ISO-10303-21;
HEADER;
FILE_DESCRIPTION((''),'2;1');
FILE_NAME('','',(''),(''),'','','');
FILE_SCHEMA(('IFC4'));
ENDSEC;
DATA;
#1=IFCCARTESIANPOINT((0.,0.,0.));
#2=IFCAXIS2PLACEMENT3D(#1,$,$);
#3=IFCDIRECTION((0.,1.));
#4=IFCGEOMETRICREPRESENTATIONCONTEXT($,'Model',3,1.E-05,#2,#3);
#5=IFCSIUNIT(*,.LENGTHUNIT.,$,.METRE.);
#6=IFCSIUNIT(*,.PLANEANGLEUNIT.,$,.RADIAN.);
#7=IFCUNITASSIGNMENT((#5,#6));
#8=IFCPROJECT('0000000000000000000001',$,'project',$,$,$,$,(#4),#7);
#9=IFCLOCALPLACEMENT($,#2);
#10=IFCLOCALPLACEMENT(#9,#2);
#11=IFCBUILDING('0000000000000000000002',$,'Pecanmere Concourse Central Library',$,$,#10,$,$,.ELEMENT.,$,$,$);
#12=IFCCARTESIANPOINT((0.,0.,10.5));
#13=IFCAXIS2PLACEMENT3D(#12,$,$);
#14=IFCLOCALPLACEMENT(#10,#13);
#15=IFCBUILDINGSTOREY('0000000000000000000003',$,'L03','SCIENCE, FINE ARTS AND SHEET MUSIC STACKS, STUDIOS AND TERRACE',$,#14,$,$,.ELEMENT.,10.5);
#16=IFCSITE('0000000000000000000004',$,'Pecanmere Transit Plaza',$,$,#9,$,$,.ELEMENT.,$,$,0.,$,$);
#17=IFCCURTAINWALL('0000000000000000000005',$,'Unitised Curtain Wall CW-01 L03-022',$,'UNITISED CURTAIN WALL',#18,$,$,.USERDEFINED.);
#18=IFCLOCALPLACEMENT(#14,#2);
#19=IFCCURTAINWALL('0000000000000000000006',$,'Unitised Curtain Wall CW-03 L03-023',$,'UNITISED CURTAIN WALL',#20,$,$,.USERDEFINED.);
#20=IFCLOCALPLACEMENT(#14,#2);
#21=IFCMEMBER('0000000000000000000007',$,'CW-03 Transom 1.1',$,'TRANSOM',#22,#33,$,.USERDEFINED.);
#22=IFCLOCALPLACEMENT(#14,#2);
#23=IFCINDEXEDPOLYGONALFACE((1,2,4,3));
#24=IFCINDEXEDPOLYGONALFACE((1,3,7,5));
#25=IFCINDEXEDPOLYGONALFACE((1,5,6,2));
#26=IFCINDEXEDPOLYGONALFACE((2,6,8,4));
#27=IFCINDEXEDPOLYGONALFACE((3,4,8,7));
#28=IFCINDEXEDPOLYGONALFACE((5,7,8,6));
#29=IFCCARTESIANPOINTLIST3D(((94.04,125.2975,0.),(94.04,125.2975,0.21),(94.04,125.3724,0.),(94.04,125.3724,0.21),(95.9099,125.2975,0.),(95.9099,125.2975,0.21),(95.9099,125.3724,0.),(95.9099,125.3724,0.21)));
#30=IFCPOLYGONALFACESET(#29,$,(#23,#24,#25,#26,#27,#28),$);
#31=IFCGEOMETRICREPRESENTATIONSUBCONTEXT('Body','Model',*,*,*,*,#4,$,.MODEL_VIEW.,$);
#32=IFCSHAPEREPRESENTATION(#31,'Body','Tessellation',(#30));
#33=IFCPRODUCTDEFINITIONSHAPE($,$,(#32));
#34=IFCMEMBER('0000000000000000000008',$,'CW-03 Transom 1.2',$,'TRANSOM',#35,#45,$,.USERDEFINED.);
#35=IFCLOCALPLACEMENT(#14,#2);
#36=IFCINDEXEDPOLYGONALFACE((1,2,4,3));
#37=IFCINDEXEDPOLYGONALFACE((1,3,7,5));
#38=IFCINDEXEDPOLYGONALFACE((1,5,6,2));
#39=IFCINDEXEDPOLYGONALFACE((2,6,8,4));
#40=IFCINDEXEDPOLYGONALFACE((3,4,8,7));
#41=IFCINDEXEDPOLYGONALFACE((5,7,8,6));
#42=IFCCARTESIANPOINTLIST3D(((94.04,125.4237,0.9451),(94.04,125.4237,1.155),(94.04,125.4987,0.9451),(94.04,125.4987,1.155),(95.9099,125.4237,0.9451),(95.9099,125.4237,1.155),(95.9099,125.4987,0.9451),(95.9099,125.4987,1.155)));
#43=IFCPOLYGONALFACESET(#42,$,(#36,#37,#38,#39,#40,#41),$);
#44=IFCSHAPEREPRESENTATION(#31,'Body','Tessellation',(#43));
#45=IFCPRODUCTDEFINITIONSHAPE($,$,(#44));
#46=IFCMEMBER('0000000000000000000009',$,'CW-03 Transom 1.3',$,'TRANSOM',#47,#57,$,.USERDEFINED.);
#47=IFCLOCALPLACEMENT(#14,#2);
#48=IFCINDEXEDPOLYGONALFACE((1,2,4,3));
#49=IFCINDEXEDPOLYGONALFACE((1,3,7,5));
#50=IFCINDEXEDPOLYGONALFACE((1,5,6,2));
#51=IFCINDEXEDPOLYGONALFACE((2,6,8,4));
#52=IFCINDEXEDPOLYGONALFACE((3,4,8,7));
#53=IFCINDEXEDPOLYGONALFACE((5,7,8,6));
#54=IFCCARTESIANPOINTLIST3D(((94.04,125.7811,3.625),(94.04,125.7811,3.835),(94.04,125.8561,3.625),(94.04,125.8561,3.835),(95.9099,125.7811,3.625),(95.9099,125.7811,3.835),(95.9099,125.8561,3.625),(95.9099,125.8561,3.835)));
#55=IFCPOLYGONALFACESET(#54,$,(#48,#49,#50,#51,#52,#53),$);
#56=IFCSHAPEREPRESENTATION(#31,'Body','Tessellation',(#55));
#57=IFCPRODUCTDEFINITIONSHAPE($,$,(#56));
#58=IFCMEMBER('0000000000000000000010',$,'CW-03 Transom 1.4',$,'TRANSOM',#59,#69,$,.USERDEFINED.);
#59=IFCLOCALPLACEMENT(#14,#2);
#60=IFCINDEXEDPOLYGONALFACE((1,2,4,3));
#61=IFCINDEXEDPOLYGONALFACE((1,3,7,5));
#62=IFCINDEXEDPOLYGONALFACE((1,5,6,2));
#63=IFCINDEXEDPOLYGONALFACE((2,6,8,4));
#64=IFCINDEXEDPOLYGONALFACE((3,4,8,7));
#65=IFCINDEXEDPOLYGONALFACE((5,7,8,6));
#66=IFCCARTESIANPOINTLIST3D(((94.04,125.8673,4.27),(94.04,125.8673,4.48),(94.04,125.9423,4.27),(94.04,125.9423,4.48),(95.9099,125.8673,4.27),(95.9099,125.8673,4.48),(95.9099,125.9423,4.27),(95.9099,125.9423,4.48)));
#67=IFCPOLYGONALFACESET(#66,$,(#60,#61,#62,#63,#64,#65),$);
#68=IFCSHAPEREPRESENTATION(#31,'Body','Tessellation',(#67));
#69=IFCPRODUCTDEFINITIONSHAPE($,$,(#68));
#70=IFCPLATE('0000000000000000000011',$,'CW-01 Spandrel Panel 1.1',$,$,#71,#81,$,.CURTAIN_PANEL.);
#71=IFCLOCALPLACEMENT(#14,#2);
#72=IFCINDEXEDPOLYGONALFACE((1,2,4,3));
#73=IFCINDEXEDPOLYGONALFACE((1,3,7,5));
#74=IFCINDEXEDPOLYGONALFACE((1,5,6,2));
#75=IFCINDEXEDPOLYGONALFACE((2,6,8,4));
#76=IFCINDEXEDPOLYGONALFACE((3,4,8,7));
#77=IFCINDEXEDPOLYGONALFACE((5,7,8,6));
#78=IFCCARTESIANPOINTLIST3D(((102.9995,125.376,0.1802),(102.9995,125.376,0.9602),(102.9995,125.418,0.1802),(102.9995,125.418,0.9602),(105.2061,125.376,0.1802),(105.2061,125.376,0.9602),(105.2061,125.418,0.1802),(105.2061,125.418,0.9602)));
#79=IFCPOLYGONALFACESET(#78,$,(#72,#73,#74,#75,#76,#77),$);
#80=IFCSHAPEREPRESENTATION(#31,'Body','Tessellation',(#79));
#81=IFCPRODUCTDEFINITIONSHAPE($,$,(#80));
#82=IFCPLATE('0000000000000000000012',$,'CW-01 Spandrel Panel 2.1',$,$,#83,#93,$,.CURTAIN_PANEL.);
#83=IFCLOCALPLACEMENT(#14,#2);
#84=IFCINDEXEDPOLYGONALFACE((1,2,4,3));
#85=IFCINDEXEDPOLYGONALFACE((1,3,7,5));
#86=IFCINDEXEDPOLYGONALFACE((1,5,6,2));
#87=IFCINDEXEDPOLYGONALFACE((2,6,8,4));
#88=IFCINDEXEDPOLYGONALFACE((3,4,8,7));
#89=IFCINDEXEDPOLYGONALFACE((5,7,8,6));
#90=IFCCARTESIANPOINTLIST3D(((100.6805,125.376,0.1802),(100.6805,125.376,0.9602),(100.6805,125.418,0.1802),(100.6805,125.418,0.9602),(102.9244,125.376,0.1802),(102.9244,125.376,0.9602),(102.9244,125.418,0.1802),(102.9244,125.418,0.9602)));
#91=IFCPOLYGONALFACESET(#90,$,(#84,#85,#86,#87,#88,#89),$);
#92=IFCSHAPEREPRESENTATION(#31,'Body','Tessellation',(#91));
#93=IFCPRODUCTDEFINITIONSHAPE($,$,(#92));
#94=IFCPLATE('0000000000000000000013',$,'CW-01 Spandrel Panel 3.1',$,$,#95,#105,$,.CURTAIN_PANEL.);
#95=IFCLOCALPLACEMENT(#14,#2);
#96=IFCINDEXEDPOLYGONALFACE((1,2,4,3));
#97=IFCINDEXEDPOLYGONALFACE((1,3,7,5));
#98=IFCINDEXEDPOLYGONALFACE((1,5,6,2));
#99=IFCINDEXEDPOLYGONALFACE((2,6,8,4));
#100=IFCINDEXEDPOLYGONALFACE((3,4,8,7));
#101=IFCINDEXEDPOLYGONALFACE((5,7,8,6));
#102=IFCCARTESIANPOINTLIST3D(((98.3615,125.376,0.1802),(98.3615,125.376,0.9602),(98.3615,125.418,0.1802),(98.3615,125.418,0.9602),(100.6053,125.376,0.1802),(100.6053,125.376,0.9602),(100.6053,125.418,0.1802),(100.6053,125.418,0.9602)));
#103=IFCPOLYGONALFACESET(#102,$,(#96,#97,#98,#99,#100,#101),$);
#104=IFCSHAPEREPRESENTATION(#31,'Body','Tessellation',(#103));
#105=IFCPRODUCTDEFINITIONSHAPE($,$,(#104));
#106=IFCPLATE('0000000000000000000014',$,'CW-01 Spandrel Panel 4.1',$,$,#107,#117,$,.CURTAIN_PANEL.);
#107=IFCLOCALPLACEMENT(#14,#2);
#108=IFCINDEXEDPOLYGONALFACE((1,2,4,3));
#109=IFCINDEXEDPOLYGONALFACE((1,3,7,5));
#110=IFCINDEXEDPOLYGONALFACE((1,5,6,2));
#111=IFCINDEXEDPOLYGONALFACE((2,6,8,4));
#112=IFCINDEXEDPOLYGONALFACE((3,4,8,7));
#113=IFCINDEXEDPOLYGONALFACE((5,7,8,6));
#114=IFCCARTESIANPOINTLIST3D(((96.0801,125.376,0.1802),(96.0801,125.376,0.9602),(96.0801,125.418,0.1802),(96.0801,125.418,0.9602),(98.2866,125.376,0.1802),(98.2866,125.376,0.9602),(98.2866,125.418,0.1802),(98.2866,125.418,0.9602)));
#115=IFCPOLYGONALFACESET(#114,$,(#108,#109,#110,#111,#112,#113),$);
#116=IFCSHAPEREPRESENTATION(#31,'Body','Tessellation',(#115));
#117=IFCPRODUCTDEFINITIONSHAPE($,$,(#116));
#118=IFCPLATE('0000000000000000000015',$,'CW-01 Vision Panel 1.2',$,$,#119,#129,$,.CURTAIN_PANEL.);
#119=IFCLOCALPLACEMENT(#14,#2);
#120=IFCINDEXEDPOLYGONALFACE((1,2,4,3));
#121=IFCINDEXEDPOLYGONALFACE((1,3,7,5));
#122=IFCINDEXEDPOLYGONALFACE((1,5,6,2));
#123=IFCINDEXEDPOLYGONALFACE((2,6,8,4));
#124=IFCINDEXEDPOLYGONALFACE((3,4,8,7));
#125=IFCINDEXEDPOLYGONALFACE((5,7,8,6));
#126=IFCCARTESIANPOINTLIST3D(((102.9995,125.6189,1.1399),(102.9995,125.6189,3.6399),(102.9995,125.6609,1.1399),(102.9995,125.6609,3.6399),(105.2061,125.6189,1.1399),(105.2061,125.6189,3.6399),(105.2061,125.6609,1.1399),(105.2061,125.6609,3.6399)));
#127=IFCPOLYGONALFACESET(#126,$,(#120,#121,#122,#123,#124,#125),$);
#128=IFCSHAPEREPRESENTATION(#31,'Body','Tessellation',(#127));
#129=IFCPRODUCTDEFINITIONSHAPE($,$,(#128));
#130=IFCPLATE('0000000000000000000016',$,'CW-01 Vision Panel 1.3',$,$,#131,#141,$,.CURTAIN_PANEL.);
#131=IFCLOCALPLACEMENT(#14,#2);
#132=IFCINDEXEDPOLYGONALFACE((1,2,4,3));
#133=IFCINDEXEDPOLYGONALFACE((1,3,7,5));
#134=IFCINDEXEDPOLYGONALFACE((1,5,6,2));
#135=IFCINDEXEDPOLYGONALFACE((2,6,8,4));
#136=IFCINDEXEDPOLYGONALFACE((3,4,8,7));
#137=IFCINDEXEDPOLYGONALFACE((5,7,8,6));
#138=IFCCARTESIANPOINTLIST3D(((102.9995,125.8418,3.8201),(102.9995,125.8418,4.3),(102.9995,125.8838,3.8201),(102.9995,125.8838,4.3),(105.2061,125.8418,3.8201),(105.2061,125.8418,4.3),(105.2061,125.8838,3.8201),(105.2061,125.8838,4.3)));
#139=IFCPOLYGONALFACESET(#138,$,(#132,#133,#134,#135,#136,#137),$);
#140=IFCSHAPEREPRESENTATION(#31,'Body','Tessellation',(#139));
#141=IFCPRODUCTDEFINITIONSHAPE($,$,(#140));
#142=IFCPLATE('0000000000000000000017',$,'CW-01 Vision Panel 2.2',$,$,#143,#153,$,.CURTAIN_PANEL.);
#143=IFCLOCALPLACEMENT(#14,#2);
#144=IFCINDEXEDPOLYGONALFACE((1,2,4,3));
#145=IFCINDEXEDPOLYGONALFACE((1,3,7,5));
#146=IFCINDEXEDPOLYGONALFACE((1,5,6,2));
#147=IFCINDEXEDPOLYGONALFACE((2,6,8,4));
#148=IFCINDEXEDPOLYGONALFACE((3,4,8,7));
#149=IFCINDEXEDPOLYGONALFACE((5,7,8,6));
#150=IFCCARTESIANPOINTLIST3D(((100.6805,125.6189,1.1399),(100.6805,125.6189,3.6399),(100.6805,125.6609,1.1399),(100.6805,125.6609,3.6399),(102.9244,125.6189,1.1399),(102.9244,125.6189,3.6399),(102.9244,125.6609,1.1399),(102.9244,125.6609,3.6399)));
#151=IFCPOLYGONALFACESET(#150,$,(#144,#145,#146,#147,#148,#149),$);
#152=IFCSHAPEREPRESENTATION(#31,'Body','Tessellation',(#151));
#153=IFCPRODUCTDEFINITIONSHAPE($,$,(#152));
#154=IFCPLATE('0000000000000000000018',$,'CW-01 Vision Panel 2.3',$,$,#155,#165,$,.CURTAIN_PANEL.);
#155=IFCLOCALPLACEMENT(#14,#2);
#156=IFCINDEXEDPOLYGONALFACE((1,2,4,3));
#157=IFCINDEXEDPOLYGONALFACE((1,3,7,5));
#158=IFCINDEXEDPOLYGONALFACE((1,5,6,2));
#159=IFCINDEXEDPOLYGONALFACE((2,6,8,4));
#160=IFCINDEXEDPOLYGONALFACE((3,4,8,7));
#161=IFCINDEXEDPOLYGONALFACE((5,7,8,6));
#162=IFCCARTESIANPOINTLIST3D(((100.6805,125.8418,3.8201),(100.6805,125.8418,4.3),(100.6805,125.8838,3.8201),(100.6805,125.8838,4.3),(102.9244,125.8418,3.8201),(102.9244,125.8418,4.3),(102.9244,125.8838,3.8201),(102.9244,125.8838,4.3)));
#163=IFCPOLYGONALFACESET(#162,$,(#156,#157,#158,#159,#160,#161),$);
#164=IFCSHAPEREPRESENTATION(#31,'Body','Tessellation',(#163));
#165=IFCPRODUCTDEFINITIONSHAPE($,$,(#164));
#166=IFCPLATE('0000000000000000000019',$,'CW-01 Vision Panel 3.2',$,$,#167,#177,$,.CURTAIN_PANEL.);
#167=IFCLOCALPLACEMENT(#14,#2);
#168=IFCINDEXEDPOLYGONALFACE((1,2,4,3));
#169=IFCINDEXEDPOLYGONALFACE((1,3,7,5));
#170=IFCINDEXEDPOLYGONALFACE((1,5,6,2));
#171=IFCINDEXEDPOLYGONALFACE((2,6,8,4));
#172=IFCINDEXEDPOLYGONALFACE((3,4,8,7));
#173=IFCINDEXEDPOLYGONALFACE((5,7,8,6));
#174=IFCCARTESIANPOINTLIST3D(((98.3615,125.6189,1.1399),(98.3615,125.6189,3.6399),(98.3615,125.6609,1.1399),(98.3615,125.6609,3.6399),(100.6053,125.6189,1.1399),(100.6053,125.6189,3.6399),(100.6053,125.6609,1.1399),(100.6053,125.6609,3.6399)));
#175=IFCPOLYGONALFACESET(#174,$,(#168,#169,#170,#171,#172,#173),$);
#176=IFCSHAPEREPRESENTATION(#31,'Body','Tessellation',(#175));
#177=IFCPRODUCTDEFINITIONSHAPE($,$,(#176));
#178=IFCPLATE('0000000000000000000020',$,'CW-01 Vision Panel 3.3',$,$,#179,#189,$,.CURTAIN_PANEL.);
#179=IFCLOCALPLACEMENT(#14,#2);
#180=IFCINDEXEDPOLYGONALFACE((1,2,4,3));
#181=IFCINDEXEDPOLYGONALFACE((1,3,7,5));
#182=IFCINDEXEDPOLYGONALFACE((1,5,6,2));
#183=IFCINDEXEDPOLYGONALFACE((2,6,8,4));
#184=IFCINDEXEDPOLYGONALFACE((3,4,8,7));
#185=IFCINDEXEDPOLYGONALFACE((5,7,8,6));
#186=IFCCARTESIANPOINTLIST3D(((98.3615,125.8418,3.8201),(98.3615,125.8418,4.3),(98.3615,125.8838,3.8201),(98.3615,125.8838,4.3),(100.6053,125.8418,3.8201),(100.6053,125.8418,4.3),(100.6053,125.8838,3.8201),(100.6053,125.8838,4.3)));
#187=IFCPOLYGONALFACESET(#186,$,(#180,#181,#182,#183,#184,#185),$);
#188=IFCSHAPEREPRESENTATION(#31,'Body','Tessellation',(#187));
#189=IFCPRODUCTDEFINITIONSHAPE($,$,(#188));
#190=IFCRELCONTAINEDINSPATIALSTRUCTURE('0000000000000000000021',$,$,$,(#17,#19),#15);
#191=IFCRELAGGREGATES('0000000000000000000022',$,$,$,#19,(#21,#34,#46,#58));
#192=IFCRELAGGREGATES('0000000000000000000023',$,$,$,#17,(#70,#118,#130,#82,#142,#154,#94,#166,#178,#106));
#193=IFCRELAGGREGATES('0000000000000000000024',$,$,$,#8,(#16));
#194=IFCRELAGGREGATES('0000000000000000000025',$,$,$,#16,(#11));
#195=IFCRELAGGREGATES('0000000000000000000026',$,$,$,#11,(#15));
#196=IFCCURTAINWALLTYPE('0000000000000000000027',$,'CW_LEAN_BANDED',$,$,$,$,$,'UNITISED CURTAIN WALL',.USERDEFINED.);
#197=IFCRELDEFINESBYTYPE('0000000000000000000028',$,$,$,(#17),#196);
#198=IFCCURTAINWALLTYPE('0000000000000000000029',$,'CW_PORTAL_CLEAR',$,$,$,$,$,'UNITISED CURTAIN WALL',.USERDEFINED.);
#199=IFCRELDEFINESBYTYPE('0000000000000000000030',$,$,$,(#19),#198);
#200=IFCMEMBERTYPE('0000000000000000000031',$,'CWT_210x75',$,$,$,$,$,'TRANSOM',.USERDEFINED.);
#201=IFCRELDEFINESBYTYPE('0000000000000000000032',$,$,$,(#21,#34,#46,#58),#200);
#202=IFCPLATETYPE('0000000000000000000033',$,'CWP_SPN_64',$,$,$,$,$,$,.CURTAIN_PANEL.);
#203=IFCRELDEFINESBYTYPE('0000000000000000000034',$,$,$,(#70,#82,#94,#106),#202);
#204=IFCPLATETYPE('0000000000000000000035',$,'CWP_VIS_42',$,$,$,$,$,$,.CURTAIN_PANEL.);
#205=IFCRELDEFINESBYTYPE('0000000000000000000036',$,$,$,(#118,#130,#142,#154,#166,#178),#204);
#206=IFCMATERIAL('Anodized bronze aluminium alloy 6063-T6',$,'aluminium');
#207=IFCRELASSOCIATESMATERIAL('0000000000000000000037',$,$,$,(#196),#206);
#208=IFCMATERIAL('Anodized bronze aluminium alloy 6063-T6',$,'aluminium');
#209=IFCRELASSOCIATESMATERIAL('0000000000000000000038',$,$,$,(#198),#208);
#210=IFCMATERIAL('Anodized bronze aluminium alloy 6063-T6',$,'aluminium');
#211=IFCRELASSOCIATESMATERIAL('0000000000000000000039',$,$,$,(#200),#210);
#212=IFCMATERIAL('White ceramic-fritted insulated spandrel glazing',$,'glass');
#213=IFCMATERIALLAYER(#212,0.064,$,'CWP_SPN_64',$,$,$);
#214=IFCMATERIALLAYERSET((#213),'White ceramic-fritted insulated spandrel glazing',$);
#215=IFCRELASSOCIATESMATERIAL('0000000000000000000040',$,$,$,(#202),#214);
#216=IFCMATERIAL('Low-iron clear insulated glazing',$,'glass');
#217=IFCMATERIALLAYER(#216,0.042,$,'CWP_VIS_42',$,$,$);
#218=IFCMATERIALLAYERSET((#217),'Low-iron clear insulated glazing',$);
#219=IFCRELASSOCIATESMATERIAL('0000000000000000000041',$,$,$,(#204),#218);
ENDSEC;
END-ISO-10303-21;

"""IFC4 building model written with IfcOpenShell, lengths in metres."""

from ifc_helpers import new_model, si_unit, direction, frame, origin, origin_2d, place, context, subcontext, project, spatial, rectangle, extrude, material, layer, layer_set, material_profile, profile_set, type_object, element, aggregate, save


model = new_model("IFC4")

# Units and contexts
model_context = context("Model", 3, precision=1e-05, world=origin(), true_north=direction((0.0, 1.0)))
body_context = subcontext(model_context, "Body", "Model", "MODEL_VIEW")
ifc_project = project(units=[si_unit("LENGTHUNIT", "METRE"), si_unit("PLANEANGLEUNIT", "RADIAN")], contexts=[model_context])

# Site, building, storey
site_placement = place(None, origin())
site = spatial("IfcSite", under=ifc_project, at=site_placement, Name="Pecanmere Transit Plaza", CompositionType="ELEMENT", RefElevation=0.0)
building_placement = place(site_placement, origin())
building = spatial("IfcBuilding", under=site, at=building_placement, Name="Pecanmere Concourse Central Library", CompositionType="ELEMENT")
storey_placement = place(building_placement, frame((0.0, 0.0, 10.5)))
storey = spatial("IfcBuildingStorey", under=building, at=storey_placement, Name="L03", Description="SCIENCE, FINE ARTS AND SHEET MUSIC STACKS, STUDIOS AND TERRACE", CompositionType="ELEMENT", Elevation=10.5)

# Curtain walls, members
ifc_material_1 = material(Name="Anodized bronze aluminium alloy 6063-T6", Category="aluminium")
curtain_wall_type_1 = type_object("IfcCurtainWallType", Name="CW_LEAN_BANDED", ElementType="UNITISED CURTAIN WALL", PredefinedType="USERDEFINED", material=ifc_material_1)
curtain_wall_1_placement = place(storey_placement, origin())
curtain_wall_1 = element("IfcCurtainWall", 1, at=curtain_wall_1_placement, inside=storey, type_object=curtain_wall_type_1, Name="Unitised Curtain Wall CW-01 L03-022", ObjectType="UNITISED CURTAIN WALL", PredefinedType="USERDEFINED")
ifc_material_2 = material(Name="Anodized bronze aluminium alloy 6063-T6", Category="aluminium")
curtain_wall_type_2 = type_object("IfcCurtainWallType", Name="CW_PORTAL_CLEAR", ElementType="UNITISED CURTAIN WALL", PredefinedType="USERDEFINED", material=ifc_material_2)
curtain_wall_2_placement = place(storey_placement, origin())
curtain_wall_2 = element("IfcCurtainWall", 2, at=curtain_wall_2_placement, inside=storey, type_object=curtain_wall_type_2, Name="Unitised Curtain Wall CW-03 L03-023", ObjectType="UNITISED CURTAIN WALL", PredefinedType="USERDEFINED")
ifc_material_3 = material(Name="Anodized bronze aluminium alloy 6063-T6", Category="aluminium")
ifc_material_profile_1 = material_profile(ifc_material_3, rectangle(XDim=0.075, YDim=0.21, at=origin_2d()), Name="AL 75x210")
ifc_profile_set_1 = profile_set([ifc_material_profile_1], Name="Anodized bronze aluminium alloy 6063-T6")
member_type_1 = type_object("IfcMemberType", Name="CWT_210x75", ElementType="TRANSOM", PredefinedType="USERDEFINED", material=ifc_profile_set_1)
member_1_placement = place(storey_placement, frame((95.9099, 125.335, 0.105), z_axis=(-1.0, 0.0, 0.0), x_axis=(0.0, -1.0, 0.0)))
member_1 = element("IfcMember", 3, at=member_1_placement, type_object=member_type_1, Name="CW-03 Transom 1.1", ObjectType="TRANSOM", PredefinedType="USERDEFINED", context=body_context, shape_type="SweptSolid", body=[
    extrude(rectangle(XDim=0.075, YDim=0.21, at=origin_2d()), origin(), (0.0, 0.0, 1.0), 1.8699),
])
member_2_placement = place(storey_placement, frame((95.9099, 125.4612, 1.05), z_axis=(-1.0, 0.0, 0.0), x_axis=(0.0, -1.0, 0.0)))
member_2 = element("IfcMember", 4, at=member_2_placement, type_object=member_type_1, Name="CW-03 Transom 1.2", ObjectType="TRANSOM", PredefinedType="USERDEFINED", context=body_context, shape_type="SweptSolid", body=[
    extrude(rectangle(XDim=0.075, YDim=0.21, at=origin_2d()), origin(), (0.0, 0.0, 1.0), 1.8699),
])
member_3_placement = place(storey_placement, frame((95.9099, 125.8186, 3.73), z_axis=(-1.0, 0.0, 0.0), x_axis=(0.0, -1.0, 0.0)))
member_3 = element("IfcMember", 5, at=member_3_placement, type_object=member_type_1, Name="CW-03 Transom 1.3", ObjectType="TRANSOM", PredefinedType="USERDEFINED", context=body_context, shape_type="SweptSolid", body=[
    extrude(rectangle(XDim=0.075, YDim=0.21, at=origin_2d()), origin(), (0.0, 0.0, 1.0), 1.8699),
])
member_4_placement = place(storey_placement, frame((95.9099, 125.9048, 4.375), z_axis=(-1.0, 0.0, 0.0), x_axis=(0.0, -1.0, 0.0)))
member_4 = element("IfcMember", 6, at=member_4_placement, type_object=member_type_1, Name="CW-03 Transom 1.4", ObjectType="TRANSOM", PredefinedType="USERDEFINED", context=body_context, shape_type="SweptSolid", body=[
    extrude(rectangle(XDim=0.075, YDim=0.21, at=origin_2d()), origin(), (0.0, 0.0, 1.0), 1.8699),
])
aggregate(curtain_wall_2, [member_1, member_2, member_3, member_4])

# Plates
ifc_material_4 = material(Name="White ceramic-fritted insulated spandrel glazing", Category="glass")
ifc_layer_1 = layer(ifc_material_4, 0.064, Name="CWP_SPN_64")
ifc_layer_set_1 = layer_set([ifc_layer_1], Name="White ceramic-fritted insulated spandrel glazing")
plate_type_1 = type_object("IfcPlateType", Name="CWP_SPN_64", PredefinedType="CURTAIN_PANEL", material=ifc_layer_set_1)
plate_1_placement = place(storey_placement, frame((104.1028, 125.397, 0.1802), z_axis=(0.0, 0.0, 1.0), x_axis=(-1.0, 0.0, 0.0)))
plate_1 = element("IfcPlate", 7, at=plate_1_placement, type_object=plate_type_1, Name="CW-01 Spandrel Panel 1.1", PredefinedType="CURTAIN_PANEL", context=body_context, shape_type="SweptSolid", body=[
    extrude(rectangle(XDim=2.2065, YDim=0.042, at=origin_2d()), origin(), (0.0, 0.0, 1.0), 0.78),
])
plate_2_placement = place(storey_placement, frame((101.8025, 125.397, 0.1802), z_axis=(0.0, 0.0, 1.0), x_axis=(-1.0, 0.0, 0.0)))
plate_2 = element("IfcPlate", 8, at=plate_2_placement, type_object=plate_type_1, Name="CW-01 Spandrel Panel 2.1", PredefinedType="CURTAIN_PANEL", context=body_context, shape_type="SweptSolid", body=[
    extrude(rectangle(XDim=2.2439, YDim=0.042, at=origin_2d()), origin(), (0.0, 0.0, 1.0), 0.78),
])
plate_3_placement = place(storey_placement, frame((99.4834, 125.397, 0.1802), z_axis=(0.0, 0.0, 1.0), x_axis=(-1.0, 0.0, 0.0)))
plate_3 = element("IfcPlate", 9, at=plate_3_placement, type_object=plate_type_1, Name="CW-01 Spandrel Panel 3.1", PredefinedType="CURTAIN_PANEL", context=body_context, shape_type="SweptSolid", body=[
    extrude(rectangle(XDim=2.2439, YDim=0.042, at=origin_2d()), origin(), (0.0, 0.0, 1.0), 0.78),
])
plate_4_placement = place(storey_placement, frame((97.1833, 125.397, 0.1802), z_axis=(0.0, 0.0, 1.0), x_axis=(-1.0, 0.0, 0.0)))
plate_4 = element("IfcPlate", 10, at=plate_4_placement, type_object=plate_type_1, Name="CW-01 Spandrel Panel 4.1", PredefinedType="CURTAIN_PANEL", context=body_context, shape_type="SweptSolid", body=[
    extrude(rectangle(XDim=2.2065, YDim=0.042, at=origin_2d()), origin(), (0.0, 0.0, 1.0), 0.78),
])
ifc_material_5 = material(Name="Low-iron clear insulated glazing", Category="glass")
ifc_layer_2 = layer(ifc_material_5, 0.042, Name="CWP_VIS_42")
ifc_layer_set_2 = layer_set([ifc_layer_2], Name="Low-iron clear insulated glazing")
plate_type_2 = type_object("IfcPlateType", Name="CWP_VIS_42", PredefinedType="CURTAIN_PANEL", material=ifc_layer_set_2)
plate_5_placement = place(storey_placement, frame((104.1028, 125.6399, 1.1399), z_axis=(0.0, 0.0, 1.0), x_axis=(-1.0, 0.0, 0.0)))
plate_5 = element("IfcPlate", 11, at=plate_5_placement, type_object=plate_type_2, Name="CW-01 Vision Panel 1.2", PredefinedType="CURTAIN_PANEL", context=body_context, shape_type="SweptSolid", body=[
    extrude(rectangle(XDim=2.2065, YDim=0.042, at=origin_2d()), origin(), (0.0, 0.0, 1.0), 2.5),
])
plate_6_placement = place(storey_placement, frame((104.1028, 125.8628, 3.8201), z_axis=(0.0, 0.0, 1.0), x_axis=(-1.0, 0.0, 0.0)))
plate_6 = element("IfcPlate", 12, at=plate_6_placement, type_object=plate_type_2, Name="CW-01 Vision Panel 1.3", PredefinedType="CURTAIN_PANEL", context=body_context, shape_type="SweptSolid", body=[
    extrude(rectangle(XDim=2.2065, YDim=0.042, at=origin_2d()), origin(), (0.0, 0.0, 1.0), 0.48),
])
plate_7_placement = place(storey_placement, frame((101.8025, 125.6399, 1.1399), z_axis=(0.0, 0.0, 1.0), x_axis=(-1.0, 0.0, 0.0)))
plate_7 = element("IfcPlate", 13, at=plate_7_placement, type_object=plate_type_2, Name="CW-01 Vision Panel 2.2", PredefinedType="CURTAIN_PANEL", context=body_context, shape_type="SweptSolid", body=[
    extrude(rectangle(XDim=2.2439, YDim=0.042, at=origin_2d()), origin(), (0.0, 0.0, 1.0), 2.5),
])
plate_8_placement = place(storey_placement, frame((101.8025, 125.8628, 3.8201), z_axis=(0.0, 0.0, 1.0), x_axis=(-1.0, 0.0, 0.0)))
plate_8 = element("IfcPlate", 14, at=plate_8_placement, type_object=plate_type_2, Name="CW-01 Vision Panel 2.3", PredefinedType="CURTAIN_PANEL", context=body_context, shape_type="SweptSolid", body=[
    extrude(rectangle(XDim=2.2439, YDim=0.042, at=origin_2d()), origin(), (0.0, 0.0, 1.0), 0.48),
])
plate_9_placement = place(storey_placement, frame((99.4834, 125.6399, 1.1399), z_axis=(0.0, 0.0, 1.0), x_axis=(-1.0, 0.0, 0.0)))
plate_9 = element("IfcPlate", 15, at=plate_9_placement, type_object=plate_type_2, Name="CW-01 Vision Panel 3.2", PredefinedType="CURTAIN_PANEL", context=body_context, shape_type="SweptSolid", body=[
    extrude(rectangle(XDim=2.2439, YDim=0.042, at=origin_2d()), origin(), (0.0, 0.0, 1.0), 2.5),
])
plate_10_placement = place(storey_placement, frame((99.4834, 125.8628, 3.8201), z_axis=(0.0, 0.0, 1.0), x_axis=(-1.0, 0.0, 0.0)))
plate_10 = element("IfcPlate", 16, at=plate_10_placement, type_object=plate_type_2, Name="CW-01 Vision Panel 3.3", PredefinedType="CURTAIN_PANEL", context=body_context, shape_type="SweptSolid", body=[
    extrude(rectangle(XDim=2.2439, YDim=0.042, at=origin_2d()), origin(), (0.0, 0.0, 1.0), 0.48),
])
aggregate(curtain_wall_1, [plate_1, plate_5, plate_6, plate_2, plate_7, plate_8, plate_3, plate_9, plate_10, plate_4])

save(model, "model.ifc")
